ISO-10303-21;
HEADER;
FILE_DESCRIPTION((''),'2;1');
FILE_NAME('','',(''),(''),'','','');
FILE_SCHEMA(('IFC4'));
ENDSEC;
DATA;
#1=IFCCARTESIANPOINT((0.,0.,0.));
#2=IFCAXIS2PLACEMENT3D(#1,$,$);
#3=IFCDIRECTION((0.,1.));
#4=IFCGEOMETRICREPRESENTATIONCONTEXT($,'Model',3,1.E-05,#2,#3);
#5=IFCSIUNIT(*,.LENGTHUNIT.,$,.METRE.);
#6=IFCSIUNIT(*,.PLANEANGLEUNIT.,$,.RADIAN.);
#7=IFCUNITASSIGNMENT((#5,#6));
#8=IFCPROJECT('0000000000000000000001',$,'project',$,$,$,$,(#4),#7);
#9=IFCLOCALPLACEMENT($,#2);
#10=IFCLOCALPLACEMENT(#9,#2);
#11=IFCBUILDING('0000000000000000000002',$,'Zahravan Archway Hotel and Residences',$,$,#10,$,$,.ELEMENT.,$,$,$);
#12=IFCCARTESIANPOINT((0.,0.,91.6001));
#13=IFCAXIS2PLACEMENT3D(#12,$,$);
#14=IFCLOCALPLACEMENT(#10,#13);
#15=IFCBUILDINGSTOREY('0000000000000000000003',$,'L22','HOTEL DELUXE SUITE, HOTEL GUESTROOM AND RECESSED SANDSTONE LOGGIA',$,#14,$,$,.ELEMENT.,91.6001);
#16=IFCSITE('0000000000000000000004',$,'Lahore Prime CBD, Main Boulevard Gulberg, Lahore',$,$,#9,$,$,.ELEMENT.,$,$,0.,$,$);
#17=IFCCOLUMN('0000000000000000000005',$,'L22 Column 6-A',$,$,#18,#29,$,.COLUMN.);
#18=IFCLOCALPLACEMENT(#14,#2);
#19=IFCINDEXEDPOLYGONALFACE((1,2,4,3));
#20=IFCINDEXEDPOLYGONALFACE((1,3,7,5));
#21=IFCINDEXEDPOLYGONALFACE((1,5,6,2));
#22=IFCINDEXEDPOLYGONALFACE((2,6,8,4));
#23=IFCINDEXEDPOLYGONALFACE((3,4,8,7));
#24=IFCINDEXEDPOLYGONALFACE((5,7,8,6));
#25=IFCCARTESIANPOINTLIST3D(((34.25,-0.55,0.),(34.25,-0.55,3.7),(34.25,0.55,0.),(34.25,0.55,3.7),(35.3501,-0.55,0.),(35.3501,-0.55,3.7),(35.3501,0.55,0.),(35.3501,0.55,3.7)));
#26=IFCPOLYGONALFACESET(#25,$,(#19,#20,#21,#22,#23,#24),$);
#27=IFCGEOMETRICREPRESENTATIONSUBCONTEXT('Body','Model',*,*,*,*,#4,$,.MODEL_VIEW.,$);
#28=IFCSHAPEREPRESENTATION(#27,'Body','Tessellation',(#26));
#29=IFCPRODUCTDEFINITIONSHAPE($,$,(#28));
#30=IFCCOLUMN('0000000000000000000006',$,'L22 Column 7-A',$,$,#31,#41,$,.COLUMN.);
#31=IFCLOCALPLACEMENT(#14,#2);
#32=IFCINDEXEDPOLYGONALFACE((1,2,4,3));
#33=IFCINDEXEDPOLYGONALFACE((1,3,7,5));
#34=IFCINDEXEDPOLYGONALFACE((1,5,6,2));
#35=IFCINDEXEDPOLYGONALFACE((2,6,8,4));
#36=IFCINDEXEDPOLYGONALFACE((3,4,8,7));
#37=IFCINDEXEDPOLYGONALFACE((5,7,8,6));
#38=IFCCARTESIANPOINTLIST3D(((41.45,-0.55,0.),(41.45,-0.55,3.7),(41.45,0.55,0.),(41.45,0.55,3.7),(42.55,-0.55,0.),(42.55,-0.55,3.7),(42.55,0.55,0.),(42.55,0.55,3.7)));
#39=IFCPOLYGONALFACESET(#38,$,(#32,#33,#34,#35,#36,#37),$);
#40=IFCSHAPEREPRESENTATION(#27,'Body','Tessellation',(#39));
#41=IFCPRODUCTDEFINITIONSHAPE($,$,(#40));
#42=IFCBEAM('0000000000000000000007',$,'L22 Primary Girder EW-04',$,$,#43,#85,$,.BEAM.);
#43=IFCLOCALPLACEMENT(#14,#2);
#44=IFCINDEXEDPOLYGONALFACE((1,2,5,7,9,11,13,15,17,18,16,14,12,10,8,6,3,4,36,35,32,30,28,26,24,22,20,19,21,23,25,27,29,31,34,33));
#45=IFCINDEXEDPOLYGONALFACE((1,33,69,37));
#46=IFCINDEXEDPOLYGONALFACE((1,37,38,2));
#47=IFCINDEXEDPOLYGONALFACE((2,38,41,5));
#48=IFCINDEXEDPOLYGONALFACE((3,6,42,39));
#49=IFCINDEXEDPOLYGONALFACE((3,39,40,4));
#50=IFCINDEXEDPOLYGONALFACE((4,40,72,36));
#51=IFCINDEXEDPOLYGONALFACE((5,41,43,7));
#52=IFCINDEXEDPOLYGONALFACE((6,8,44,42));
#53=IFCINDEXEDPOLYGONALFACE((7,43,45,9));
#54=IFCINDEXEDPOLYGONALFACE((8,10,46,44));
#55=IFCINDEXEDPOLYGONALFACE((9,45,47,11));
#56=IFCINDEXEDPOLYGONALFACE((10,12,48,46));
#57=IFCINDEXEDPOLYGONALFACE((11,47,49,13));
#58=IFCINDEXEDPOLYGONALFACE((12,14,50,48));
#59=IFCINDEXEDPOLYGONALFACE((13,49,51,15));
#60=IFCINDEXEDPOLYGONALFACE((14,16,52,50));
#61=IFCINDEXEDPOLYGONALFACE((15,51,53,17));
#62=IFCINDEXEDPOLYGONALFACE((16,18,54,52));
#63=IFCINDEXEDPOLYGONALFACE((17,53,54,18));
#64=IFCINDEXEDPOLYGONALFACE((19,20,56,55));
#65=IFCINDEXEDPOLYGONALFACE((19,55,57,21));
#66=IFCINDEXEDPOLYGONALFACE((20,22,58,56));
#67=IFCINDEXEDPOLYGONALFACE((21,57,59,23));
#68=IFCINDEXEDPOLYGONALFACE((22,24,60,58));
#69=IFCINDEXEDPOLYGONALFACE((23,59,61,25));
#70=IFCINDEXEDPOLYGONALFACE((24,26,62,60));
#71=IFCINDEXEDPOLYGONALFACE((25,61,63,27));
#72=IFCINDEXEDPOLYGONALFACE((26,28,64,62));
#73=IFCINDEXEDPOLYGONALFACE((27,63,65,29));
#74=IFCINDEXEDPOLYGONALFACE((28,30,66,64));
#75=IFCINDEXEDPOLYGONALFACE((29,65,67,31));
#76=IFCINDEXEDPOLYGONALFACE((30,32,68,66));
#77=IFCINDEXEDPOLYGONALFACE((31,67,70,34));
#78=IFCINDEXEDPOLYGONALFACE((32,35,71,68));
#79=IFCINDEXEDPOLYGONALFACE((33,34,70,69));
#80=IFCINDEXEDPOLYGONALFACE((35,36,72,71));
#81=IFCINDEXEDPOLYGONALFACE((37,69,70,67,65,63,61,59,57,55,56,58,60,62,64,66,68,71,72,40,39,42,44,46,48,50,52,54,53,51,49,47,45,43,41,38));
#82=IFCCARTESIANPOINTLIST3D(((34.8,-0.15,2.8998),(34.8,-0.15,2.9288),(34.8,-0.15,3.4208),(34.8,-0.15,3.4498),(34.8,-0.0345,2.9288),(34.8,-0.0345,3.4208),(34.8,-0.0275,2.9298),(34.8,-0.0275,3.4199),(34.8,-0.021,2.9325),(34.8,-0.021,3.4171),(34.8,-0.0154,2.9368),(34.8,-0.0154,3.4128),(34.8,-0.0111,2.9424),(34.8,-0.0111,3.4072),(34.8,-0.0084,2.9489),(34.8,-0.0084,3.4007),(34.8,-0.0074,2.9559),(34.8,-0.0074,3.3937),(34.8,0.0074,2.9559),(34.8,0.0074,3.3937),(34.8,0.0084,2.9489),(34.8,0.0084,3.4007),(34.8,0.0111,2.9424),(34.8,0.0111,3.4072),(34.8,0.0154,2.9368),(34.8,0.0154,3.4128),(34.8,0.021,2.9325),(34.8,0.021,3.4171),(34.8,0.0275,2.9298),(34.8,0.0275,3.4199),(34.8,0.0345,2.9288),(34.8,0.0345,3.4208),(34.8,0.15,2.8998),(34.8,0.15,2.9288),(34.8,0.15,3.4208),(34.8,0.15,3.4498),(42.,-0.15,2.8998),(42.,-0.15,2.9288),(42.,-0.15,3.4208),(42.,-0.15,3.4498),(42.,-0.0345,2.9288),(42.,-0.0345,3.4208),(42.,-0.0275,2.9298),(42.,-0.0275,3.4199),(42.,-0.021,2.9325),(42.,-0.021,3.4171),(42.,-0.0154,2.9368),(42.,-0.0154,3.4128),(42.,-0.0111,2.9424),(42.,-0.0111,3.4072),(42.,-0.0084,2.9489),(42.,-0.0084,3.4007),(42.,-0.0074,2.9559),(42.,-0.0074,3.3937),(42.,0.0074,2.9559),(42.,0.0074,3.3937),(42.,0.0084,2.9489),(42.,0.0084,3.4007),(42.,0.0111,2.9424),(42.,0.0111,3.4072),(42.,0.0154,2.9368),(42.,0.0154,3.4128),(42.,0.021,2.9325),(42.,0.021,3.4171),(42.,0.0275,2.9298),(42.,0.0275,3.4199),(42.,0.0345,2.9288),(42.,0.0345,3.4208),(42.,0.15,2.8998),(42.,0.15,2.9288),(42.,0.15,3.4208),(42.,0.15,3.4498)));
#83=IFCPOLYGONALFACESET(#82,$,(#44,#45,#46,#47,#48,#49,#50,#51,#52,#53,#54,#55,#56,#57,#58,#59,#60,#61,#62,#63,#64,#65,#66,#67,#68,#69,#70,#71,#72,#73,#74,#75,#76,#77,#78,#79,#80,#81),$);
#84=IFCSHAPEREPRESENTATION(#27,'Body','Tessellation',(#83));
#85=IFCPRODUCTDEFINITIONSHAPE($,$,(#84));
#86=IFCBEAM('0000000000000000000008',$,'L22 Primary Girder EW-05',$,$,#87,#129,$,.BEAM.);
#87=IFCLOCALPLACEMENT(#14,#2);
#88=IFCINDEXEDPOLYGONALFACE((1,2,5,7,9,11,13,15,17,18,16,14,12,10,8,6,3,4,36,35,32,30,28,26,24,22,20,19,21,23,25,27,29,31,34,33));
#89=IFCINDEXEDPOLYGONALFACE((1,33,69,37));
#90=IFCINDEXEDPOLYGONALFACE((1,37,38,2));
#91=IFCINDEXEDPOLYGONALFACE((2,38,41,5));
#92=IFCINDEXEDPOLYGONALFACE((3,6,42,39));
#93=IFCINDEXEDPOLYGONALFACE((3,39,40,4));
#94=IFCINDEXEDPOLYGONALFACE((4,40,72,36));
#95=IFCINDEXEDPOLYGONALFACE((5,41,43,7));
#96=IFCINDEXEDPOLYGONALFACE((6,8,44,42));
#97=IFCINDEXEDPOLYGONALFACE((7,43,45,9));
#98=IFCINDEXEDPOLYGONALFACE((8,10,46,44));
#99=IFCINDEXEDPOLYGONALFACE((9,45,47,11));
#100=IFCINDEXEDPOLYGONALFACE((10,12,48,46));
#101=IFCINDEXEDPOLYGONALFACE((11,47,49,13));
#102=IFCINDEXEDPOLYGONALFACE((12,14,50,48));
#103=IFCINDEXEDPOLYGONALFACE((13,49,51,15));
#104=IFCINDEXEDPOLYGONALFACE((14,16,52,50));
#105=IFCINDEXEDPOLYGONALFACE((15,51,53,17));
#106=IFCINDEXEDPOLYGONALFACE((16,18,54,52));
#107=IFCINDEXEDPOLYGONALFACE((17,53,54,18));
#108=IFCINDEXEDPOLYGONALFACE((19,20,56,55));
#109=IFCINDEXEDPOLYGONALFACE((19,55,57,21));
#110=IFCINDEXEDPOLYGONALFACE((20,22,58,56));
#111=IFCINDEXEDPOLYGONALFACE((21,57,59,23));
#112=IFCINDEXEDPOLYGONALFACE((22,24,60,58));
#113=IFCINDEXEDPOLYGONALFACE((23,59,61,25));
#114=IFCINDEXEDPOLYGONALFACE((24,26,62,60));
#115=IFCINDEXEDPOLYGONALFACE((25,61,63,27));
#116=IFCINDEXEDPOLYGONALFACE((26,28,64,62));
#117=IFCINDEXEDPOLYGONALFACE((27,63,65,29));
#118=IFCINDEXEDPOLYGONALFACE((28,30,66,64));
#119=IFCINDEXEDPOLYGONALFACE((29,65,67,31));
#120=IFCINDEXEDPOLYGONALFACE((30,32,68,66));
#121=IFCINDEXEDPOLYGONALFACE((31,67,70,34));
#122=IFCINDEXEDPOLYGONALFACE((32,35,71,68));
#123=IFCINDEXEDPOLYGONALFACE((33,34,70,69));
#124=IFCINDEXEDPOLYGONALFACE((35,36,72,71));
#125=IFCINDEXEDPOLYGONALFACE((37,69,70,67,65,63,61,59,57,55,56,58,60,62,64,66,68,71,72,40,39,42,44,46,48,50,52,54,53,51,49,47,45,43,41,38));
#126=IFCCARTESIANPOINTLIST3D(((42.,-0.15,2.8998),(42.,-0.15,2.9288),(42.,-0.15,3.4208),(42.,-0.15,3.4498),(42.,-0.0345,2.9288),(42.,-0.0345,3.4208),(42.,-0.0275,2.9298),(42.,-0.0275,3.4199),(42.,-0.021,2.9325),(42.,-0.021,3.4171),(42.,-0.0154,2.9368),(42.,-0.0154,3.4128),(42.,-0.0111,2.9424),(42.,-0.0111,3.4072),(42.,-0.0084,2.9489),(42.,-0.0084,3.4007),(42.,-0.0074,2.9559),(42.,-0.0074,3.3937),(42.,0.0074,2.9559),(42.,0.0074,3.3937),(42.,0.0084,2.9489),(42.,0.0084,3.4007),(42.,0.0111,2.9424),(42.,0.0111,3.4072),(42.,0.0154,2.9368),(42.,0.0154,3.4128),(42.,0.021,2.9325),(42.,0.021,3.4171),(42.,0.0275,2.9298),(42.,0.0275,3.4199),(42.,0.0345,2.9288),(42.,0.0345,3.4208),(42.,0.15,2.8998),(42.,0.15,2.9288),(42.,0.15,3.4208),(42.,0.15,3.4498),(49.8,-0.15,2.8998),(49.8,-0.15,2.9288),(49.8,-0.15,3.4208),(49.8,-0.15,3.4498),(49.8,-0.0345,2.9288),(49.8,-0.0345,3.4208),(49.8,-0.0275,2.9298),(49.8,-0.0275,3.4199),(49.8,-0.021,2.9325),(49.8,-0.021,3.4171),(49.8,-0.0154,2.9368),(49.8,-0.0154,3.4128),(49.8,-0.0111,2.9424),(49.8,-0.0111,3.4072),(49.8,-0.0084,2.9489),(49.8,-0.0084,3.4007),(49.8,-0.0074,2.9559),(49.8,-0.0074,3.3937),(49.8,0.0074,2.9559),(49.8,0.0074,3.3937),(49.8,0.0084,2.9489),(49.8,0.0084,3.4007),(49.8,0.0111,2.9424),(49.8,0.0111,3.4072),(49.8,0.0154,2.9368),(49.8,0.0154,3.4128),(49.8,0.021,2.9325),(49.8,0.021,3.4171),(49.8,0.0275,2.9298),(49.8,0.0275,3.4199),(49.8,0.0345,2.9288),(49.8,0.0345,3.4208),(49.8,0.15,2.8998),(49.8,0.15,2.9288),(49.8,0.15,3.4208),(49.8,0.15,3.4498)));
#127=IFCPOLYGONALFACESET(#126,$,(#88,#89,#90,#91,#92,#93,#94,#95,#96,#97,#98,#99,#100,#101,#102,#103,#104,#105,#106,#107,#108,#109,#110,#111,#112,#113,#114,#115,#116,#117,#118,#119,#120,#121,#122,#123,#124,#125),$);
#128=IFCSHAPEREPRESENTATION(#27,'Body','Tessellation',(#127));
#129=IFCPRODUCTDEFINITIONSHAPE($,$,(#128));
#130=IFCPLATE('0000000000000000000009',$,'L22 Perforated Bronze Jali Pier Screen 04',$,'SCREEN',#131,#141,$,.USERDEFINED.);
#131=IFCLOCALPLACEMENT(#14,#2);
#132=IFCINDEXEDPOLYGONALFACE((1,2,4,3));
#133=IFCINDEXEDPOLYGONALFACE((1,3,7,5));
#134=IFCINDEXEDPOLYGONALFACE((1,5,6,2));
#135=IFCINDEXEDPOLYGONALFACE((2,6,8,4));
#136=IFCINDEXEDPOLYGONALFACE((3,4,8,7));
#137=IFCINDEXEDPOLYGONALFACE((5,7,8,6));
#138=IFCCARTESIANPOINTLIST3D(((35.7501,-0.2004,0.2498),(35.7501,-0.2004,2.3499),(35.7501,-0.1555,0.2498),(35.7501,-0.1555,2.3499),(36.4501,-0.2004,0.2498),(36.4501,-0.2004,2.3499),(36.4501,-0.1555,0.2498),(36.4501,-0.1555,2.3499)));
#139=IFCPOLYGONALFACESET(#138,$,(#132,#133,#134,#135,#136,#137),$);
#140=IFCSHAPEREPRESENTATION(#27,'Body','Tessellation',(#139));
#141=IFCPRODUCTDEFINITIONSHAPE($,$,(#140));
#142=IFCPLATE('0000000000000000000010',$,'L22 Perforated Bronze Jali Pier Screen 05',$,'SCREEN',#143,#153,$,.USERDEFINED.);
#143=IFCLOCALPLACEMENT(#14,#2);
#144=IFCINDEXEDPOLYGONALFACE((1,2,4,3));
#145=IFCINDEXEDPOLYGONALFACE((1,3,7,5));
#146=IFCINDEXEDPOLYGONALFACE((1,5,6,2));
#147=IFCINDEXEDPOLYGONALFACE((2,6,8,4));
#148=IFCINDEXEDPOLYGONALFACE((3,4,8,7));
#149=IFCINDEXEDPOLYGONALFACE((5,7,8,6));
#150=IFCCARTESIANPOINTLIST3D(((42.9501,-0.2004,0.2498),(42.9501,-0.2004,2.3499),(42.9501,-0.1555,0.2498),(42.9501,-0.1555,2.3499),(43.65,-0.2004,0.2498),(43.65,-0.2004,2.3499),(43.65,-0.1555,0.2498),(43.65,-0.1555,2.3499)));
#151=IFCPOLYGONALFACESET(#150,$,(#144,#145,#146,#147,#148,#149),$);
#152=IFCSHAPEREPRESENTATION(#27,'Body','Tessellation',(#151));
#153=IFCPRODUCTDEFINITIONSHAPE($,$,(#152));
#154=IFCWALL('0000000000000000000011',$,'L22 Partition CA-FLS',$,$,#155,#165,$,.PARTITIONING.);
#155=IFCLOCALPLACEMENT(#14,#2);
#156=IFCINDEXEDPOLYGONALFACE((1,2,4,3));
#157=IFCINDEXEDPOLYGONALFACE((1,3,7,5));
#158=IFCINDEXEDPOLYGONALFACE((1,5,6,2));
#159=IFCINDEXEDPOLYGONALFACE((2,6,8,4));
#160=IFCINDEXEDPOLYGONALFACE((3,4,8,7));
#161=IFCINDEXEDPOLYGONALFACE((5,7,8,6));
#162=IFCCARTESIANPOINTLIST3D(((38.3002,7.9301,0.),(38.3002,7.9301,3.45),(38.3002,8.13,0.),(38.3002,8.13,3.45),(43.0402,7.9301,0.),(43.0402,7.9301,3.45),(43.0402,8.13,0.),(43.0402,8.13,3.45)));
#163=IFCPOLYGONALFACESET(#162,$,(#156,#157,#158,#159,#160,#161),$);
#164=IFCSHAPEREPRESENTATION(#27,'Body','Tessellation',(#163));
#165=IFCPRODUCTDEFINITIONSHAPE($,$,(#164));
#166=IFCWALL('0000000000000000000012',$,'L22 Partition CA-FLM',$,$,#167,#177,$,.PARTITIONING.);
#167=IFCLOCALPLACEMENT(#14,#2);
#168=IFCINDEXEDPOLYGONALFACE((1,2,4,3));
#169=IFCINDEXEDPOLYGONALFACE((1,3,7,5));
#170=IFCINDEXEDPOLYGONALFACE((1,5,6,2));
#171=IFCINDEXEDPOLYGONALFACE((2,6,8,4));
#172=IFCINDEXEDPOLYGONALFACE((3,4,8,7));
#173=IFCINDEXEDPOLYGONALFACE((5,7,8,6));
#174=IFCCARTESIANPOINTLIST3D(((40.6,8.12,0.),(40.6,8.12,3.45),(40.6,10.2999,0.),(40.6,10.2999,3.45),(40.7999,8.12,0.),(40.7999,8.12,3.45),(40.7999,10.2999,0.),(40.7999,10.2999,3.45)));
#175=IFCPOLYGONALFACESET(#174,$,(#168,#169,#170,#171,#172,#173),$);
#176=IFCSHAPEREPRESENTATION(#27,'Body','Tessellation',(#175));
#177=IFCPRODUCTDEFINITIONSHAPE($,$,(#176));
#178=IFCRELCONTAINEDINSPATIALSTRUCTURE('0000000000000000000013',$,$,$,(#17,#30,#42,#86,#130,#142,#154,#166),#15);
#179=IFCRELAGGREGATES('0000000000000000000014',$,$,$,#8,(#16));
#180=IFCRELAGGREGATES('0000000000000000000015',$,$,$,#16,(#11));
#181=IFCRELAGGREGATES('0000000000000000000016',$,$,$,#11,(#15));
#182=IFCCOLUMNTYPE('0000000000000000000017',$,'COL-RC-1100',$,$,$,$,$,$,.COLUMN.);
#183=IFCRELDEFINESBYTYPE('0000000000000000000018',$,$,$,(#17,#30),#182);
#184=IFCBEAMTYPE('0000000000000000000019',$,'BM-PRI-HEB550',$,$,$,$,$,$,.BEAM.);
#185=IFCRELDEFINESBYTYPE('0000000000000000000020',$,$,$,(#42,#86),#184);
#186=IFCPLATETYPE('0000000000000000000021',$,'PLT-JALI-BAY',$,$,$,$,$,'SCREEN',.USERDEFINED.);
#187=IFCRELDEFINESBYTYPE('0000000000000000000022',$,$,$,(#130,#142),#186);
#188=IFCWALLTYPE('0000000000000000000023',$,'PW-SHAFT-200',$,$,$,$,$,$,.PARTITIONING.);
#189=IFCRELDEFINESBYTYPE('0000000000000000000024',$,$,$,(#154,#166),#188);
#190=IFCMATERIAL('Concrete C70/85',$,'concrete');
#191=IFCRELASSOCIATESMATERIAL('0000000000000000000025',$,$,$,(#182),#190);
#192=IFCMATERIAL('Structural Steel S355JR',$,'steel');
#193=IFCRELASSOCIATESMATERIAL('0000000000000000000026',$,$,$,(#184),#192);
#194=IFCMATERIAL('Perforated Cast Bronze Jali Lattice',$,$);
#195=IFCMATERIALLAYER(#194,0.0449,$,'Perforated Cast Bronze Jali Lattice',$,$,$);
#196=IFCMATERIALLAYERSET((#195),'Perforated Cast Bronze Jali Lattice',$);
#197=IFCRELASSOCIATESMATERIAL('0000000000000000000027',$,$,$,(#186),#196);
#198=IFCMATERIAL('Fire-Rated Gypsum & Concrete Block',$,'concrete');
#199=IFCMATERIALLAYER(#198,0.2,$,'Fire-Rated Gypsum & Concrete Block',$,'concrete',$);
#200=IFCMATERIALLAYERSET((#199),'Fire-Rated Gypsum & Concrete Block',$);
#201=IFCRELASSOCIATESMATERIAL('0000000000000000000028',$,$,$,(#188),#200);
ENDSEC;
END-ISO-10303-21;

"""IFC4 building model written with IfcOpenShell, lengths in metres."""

from ifc_helpers import new_model, si_unit, direction, frame, frame_2d, origin, origin_2d, place, context, subcontext, project, spatial, rectangle, i_section, extrude, source, transform, mapped, material, layer, layer_set, material_profile, profile_set, type_object, type_shapes, element, save


model = new_model("IFC4")

# Units and contexts
model_context = context("Model", 3, precision=1e-05, world=origin(), true_north=direction((0.0, 1.0)))
body_context = subcontext(model_context, "Body", "Model", "MODEL_VIEW")
ifc_project = project(units=[si_unit("LENGTHUNIT", "METRE"), si_unit("PLANEANGLEUNIT", "RADIAN")], contexts=[model_context])

# Site, building, storey
site_placement = place(None, origin())
site = spatial("IfcSite", under=ifc_project, at=site_placement, Name="Lahore Prime CBD, Main Boulevard Gulberg, Lahore", CompositionType="ELEMENT", RefElevation=0.0)
building_placement = place(site_placement, origin())
building = spatial("IfcBuilding", under=site, at=building_placement, Name="Zahravan Archway Hotel and Residences", CompositionType="ELEMENT")
storey_placement = place(building_placement, frame((0.0, 0.0, 91.6001)))
storey = spatial("IfcBuildingStorey", under=building, at=storey_placement, Name="L22", Description="HOTEL DELUXE SUITE, HOTEL GUESTROOM AND RECESSED SANDSTONE LOGGIA", CompositionType="ELEMENT", Elevation=91.6001)

# Columns
ifc_material_1 = material(Name="Concrete C70/85", Category="concrete")
ifc_material_profile_1 = material_profile(ifc_material_1, rectangle(XDim=1.1001, YDim=1.1001, at=origin_2d()), Name="RC 1100x1100", Category="concrete")
ifc_profile_set_1 = profile_set([ifc_material_profile_1], Name="Concrete C70/85")
column_type = type_object("IfcColumnType", Name="COL-RC-1100", PredefinedType="COLUMN", material=ifc_profile_set_1)
shared_shape_1 = source(origin(), body_context, "Body", "SweptSolid", [
    extrude(rectangle(XDim=1.1001, YDim=1.1001, at=origin_2d()), origin(), (0.0, 0.0, 1.0), 3.7),
])
for number, where, z_axis, x_axis, name in (
    (1, (34.8, 0.0, 0.0), (0.0, 0.0, 1.0), (1.0, 0.0, 0.0), "L22 Column 6-A"),
    (2, (42.0, 0.0, 0.0), (0.0, 0.0, 1.0), (1.0, 0.0, 0.0), "L22 Column 7-A"),
):
    element("IfcColumn", number, at=place(storey_placement, frame(where, z_axis=z_axis, x_axis=x_axis)), inside=storey, type_object=column_type, Name=name, PredefinedType="COLUMN", context=body_context, shape_type="MappedRepresentation", body=[
        mapped(shared_shape_1, transform((0.0, 0.0, 0.0), scale=1.0)),
    ])

# Beams
ifc_material_2 = material(Name="Structural Steel S355JR", Category="steel")
ifc_material_profile_2 = material_profile(ifc_material_2, i_section(OverallWidth=0.3, OverallDepth=0.55, WebThickness=0.0149, FlangeThickness=0.0291, FilletRadius=0.0271, at=origin_2d()), Name="HEB 550", Category="steel")
ifc_profile_set_2 = profile_set([ifc_material_profile_2], Name="Structural Steel S355JR")
beam_type = type_object("IfcBeamType", Name="BM-PRI-HEB550", PredefinedType="BEAM", material=ifc_profile_set_2)
shared_shape_2 = source(origin(), body_context, "Body", "SweptSolid", [
    extrude(i_section(OverallWidth=0.3, OverallDepth=0.55, WebThickness=0.0149, FlangeThickness=0.0291, FilletRadius=0.0271, at=origin_2d()), origin(), (0.0, 0.0, 1.0), 7.2),
])
beam_1_placement = place(storey_placement, frame((34.8, 0.0, 3.1748), z_axis=(1.0, 0.0, 0.0), x_axis=(0.0, 1.0, 0.0)))
element("IfcBeam", 3, at=beam_1_placement, inside=storey, type_object=beam_type, Name="L22 Primary Girder EW-04", PredefinedType="BEAM", context=body_context, shape_type="MappedRepresentation", body=[
    mapped(shared_shape_2, transform((0.0, 0.0, 0.0), scale=1.0)),
])
shared_shape_3 = source(origin(), body_context, "Body", "SweptSolid", [
    extrude(i_section(OverallWidth=0.3, OverallDepth=0.55, WebThickness=0.0149, FlangeThickness=0.0291, FilletRadius=0.0271, at=origin_2d()), origin(), (0.0, 0.0, 1.0), 7.8),
])
beam_2_placement = place(storey_placement, frame((42.0, 0.0, 3.1748), z_axis=(1.0, 0.0, 0.0), x_axis=(0.0, 1.0, 0.0)))
element("IfcBeam", 4, at=beam_2_placement, inside=storey, type_object=beam_type, Name="L22 Primary Girder EW-05", PredefinedType="BEAM", context=body_context, shape_type="MappedRepresentation", body=[
    mapped(shared_shape_3, transform((0.0, 0.0, 0.0), scale=1.0)),
])

# Plates
ifc_material_3 = material(Name="Perforated Cast Bronze Jali Lattice")
ifc_layer_1 = layer(ifc_material_3, 0.0449, Name="Perforated Cast Bronze Jali Lattice")
ifc_layer_set_1 = layer_set([ifc_layer_1], Name="Perforated Cast Bronze Jali Lattice")
plate_type = type_object("IfcPlateType", Name="PLT-JALI-BAY", ElementType="SCREEN", PredefinedType="USERDEFINED", material=ifc_layer_set_1)
shared_shape_4 = source(origin(), body_context, "Body", "SweptSolid", [
    extrude(rectangle(XDim=0.7, YDim=0.0449, at=origin_2d()), origin(), (0.0, 0.0, 1.0), 2.1001),
])
type_shapes(plate_type, [shared_shape_4])
for number, where, z_axis, x_axis, name in (
    (5, (36.1001, -0.178, 0.2498), (0.0, 0.0, 1.0), (1.0, 0.0, 0.0), "L22 Perforated Bronze Jali Pier Screen 04"),
    (6, (43.3, -0.178, 0.2498), (0.0, 0.0, 1.0), (1.0, 0.0, 0.0), "L22 Perforated Bronze Jali Pier Screen 05"),
):
    element("IfcPlate", number, at=place(storey_placement, frame(where, z_axis=z_axis, x_axis=x_axis)), inside=storey, type_object=plate_type, Name=name, ObjectType="SCREEN", PredefinedType="USERDEFINED", context=body_context, shape_type="MappedRepresentation", body=[
        mapped(shared_shape_4, transform((0.0, 0.0, 0.0), scale=1.0)),
    ])

# Walls
ifc_material_4 = material(Name="Fire-Rated Gypsum & Concrete Block", Category="concrete")
ifc_layer_2 = layer(ifc_material_4, 0.2, Name="Fire-Rated Gypsum & Concrete Block", Category="concrete")
ifc_layer_set_2 = layer_set([ifc_layer_2], Name="Fire-Rated Gypsum & Concrete Block")
wall_type_1 = type_object("IfcWallType", Name="PW-SHAFT-200", PredefinedType="PARTITIONING", material=ifc_layer_set_2)
wall_1_placement = place(storey_placement, frame((38.3, 8.03, 0.0), z_axis=(0.0, 0.0, 1.0), x_axis=(1.0, 0.0, 0.0)))
element("IfcWall", 7, at=wall_1_placement, inside=storey, type_object=wall_type_1, Name="L22 Partition CA-FLS", PredefinedType="PARTITIONING", context=body_context, shape_type="SweptSolid", body=[
    extrude(rectangle(XDim=4.74, YDim=0.2, at=frame_2d((2.3701, 0.0))), origin(), (0.0, 0.0, 1.0), 3.45),
])
wall_2_placement = place(storey_placement, frame((40.7, 8.1201, 0.0), z_axis=(0.0, 0.0, 1.0), x_axis=(0.0, 1.0, 0.0)))
element("IfcWall", 8, at=wall_2_placement, inside=storey, type_object=wall_type_1, Name="L22 Partition CA-FLM", PredefinedType="PARTITIONING", context=body_context, shape_type="SweptSolid", body=[
    extrude(rectangle(XDim=2.1799, YDim=0.2, at=frame_2d((1.0898, 0.0))), origin(), (0.0, 0.0, 1.0), 3.45),
])

save(model, "model.ifc")
